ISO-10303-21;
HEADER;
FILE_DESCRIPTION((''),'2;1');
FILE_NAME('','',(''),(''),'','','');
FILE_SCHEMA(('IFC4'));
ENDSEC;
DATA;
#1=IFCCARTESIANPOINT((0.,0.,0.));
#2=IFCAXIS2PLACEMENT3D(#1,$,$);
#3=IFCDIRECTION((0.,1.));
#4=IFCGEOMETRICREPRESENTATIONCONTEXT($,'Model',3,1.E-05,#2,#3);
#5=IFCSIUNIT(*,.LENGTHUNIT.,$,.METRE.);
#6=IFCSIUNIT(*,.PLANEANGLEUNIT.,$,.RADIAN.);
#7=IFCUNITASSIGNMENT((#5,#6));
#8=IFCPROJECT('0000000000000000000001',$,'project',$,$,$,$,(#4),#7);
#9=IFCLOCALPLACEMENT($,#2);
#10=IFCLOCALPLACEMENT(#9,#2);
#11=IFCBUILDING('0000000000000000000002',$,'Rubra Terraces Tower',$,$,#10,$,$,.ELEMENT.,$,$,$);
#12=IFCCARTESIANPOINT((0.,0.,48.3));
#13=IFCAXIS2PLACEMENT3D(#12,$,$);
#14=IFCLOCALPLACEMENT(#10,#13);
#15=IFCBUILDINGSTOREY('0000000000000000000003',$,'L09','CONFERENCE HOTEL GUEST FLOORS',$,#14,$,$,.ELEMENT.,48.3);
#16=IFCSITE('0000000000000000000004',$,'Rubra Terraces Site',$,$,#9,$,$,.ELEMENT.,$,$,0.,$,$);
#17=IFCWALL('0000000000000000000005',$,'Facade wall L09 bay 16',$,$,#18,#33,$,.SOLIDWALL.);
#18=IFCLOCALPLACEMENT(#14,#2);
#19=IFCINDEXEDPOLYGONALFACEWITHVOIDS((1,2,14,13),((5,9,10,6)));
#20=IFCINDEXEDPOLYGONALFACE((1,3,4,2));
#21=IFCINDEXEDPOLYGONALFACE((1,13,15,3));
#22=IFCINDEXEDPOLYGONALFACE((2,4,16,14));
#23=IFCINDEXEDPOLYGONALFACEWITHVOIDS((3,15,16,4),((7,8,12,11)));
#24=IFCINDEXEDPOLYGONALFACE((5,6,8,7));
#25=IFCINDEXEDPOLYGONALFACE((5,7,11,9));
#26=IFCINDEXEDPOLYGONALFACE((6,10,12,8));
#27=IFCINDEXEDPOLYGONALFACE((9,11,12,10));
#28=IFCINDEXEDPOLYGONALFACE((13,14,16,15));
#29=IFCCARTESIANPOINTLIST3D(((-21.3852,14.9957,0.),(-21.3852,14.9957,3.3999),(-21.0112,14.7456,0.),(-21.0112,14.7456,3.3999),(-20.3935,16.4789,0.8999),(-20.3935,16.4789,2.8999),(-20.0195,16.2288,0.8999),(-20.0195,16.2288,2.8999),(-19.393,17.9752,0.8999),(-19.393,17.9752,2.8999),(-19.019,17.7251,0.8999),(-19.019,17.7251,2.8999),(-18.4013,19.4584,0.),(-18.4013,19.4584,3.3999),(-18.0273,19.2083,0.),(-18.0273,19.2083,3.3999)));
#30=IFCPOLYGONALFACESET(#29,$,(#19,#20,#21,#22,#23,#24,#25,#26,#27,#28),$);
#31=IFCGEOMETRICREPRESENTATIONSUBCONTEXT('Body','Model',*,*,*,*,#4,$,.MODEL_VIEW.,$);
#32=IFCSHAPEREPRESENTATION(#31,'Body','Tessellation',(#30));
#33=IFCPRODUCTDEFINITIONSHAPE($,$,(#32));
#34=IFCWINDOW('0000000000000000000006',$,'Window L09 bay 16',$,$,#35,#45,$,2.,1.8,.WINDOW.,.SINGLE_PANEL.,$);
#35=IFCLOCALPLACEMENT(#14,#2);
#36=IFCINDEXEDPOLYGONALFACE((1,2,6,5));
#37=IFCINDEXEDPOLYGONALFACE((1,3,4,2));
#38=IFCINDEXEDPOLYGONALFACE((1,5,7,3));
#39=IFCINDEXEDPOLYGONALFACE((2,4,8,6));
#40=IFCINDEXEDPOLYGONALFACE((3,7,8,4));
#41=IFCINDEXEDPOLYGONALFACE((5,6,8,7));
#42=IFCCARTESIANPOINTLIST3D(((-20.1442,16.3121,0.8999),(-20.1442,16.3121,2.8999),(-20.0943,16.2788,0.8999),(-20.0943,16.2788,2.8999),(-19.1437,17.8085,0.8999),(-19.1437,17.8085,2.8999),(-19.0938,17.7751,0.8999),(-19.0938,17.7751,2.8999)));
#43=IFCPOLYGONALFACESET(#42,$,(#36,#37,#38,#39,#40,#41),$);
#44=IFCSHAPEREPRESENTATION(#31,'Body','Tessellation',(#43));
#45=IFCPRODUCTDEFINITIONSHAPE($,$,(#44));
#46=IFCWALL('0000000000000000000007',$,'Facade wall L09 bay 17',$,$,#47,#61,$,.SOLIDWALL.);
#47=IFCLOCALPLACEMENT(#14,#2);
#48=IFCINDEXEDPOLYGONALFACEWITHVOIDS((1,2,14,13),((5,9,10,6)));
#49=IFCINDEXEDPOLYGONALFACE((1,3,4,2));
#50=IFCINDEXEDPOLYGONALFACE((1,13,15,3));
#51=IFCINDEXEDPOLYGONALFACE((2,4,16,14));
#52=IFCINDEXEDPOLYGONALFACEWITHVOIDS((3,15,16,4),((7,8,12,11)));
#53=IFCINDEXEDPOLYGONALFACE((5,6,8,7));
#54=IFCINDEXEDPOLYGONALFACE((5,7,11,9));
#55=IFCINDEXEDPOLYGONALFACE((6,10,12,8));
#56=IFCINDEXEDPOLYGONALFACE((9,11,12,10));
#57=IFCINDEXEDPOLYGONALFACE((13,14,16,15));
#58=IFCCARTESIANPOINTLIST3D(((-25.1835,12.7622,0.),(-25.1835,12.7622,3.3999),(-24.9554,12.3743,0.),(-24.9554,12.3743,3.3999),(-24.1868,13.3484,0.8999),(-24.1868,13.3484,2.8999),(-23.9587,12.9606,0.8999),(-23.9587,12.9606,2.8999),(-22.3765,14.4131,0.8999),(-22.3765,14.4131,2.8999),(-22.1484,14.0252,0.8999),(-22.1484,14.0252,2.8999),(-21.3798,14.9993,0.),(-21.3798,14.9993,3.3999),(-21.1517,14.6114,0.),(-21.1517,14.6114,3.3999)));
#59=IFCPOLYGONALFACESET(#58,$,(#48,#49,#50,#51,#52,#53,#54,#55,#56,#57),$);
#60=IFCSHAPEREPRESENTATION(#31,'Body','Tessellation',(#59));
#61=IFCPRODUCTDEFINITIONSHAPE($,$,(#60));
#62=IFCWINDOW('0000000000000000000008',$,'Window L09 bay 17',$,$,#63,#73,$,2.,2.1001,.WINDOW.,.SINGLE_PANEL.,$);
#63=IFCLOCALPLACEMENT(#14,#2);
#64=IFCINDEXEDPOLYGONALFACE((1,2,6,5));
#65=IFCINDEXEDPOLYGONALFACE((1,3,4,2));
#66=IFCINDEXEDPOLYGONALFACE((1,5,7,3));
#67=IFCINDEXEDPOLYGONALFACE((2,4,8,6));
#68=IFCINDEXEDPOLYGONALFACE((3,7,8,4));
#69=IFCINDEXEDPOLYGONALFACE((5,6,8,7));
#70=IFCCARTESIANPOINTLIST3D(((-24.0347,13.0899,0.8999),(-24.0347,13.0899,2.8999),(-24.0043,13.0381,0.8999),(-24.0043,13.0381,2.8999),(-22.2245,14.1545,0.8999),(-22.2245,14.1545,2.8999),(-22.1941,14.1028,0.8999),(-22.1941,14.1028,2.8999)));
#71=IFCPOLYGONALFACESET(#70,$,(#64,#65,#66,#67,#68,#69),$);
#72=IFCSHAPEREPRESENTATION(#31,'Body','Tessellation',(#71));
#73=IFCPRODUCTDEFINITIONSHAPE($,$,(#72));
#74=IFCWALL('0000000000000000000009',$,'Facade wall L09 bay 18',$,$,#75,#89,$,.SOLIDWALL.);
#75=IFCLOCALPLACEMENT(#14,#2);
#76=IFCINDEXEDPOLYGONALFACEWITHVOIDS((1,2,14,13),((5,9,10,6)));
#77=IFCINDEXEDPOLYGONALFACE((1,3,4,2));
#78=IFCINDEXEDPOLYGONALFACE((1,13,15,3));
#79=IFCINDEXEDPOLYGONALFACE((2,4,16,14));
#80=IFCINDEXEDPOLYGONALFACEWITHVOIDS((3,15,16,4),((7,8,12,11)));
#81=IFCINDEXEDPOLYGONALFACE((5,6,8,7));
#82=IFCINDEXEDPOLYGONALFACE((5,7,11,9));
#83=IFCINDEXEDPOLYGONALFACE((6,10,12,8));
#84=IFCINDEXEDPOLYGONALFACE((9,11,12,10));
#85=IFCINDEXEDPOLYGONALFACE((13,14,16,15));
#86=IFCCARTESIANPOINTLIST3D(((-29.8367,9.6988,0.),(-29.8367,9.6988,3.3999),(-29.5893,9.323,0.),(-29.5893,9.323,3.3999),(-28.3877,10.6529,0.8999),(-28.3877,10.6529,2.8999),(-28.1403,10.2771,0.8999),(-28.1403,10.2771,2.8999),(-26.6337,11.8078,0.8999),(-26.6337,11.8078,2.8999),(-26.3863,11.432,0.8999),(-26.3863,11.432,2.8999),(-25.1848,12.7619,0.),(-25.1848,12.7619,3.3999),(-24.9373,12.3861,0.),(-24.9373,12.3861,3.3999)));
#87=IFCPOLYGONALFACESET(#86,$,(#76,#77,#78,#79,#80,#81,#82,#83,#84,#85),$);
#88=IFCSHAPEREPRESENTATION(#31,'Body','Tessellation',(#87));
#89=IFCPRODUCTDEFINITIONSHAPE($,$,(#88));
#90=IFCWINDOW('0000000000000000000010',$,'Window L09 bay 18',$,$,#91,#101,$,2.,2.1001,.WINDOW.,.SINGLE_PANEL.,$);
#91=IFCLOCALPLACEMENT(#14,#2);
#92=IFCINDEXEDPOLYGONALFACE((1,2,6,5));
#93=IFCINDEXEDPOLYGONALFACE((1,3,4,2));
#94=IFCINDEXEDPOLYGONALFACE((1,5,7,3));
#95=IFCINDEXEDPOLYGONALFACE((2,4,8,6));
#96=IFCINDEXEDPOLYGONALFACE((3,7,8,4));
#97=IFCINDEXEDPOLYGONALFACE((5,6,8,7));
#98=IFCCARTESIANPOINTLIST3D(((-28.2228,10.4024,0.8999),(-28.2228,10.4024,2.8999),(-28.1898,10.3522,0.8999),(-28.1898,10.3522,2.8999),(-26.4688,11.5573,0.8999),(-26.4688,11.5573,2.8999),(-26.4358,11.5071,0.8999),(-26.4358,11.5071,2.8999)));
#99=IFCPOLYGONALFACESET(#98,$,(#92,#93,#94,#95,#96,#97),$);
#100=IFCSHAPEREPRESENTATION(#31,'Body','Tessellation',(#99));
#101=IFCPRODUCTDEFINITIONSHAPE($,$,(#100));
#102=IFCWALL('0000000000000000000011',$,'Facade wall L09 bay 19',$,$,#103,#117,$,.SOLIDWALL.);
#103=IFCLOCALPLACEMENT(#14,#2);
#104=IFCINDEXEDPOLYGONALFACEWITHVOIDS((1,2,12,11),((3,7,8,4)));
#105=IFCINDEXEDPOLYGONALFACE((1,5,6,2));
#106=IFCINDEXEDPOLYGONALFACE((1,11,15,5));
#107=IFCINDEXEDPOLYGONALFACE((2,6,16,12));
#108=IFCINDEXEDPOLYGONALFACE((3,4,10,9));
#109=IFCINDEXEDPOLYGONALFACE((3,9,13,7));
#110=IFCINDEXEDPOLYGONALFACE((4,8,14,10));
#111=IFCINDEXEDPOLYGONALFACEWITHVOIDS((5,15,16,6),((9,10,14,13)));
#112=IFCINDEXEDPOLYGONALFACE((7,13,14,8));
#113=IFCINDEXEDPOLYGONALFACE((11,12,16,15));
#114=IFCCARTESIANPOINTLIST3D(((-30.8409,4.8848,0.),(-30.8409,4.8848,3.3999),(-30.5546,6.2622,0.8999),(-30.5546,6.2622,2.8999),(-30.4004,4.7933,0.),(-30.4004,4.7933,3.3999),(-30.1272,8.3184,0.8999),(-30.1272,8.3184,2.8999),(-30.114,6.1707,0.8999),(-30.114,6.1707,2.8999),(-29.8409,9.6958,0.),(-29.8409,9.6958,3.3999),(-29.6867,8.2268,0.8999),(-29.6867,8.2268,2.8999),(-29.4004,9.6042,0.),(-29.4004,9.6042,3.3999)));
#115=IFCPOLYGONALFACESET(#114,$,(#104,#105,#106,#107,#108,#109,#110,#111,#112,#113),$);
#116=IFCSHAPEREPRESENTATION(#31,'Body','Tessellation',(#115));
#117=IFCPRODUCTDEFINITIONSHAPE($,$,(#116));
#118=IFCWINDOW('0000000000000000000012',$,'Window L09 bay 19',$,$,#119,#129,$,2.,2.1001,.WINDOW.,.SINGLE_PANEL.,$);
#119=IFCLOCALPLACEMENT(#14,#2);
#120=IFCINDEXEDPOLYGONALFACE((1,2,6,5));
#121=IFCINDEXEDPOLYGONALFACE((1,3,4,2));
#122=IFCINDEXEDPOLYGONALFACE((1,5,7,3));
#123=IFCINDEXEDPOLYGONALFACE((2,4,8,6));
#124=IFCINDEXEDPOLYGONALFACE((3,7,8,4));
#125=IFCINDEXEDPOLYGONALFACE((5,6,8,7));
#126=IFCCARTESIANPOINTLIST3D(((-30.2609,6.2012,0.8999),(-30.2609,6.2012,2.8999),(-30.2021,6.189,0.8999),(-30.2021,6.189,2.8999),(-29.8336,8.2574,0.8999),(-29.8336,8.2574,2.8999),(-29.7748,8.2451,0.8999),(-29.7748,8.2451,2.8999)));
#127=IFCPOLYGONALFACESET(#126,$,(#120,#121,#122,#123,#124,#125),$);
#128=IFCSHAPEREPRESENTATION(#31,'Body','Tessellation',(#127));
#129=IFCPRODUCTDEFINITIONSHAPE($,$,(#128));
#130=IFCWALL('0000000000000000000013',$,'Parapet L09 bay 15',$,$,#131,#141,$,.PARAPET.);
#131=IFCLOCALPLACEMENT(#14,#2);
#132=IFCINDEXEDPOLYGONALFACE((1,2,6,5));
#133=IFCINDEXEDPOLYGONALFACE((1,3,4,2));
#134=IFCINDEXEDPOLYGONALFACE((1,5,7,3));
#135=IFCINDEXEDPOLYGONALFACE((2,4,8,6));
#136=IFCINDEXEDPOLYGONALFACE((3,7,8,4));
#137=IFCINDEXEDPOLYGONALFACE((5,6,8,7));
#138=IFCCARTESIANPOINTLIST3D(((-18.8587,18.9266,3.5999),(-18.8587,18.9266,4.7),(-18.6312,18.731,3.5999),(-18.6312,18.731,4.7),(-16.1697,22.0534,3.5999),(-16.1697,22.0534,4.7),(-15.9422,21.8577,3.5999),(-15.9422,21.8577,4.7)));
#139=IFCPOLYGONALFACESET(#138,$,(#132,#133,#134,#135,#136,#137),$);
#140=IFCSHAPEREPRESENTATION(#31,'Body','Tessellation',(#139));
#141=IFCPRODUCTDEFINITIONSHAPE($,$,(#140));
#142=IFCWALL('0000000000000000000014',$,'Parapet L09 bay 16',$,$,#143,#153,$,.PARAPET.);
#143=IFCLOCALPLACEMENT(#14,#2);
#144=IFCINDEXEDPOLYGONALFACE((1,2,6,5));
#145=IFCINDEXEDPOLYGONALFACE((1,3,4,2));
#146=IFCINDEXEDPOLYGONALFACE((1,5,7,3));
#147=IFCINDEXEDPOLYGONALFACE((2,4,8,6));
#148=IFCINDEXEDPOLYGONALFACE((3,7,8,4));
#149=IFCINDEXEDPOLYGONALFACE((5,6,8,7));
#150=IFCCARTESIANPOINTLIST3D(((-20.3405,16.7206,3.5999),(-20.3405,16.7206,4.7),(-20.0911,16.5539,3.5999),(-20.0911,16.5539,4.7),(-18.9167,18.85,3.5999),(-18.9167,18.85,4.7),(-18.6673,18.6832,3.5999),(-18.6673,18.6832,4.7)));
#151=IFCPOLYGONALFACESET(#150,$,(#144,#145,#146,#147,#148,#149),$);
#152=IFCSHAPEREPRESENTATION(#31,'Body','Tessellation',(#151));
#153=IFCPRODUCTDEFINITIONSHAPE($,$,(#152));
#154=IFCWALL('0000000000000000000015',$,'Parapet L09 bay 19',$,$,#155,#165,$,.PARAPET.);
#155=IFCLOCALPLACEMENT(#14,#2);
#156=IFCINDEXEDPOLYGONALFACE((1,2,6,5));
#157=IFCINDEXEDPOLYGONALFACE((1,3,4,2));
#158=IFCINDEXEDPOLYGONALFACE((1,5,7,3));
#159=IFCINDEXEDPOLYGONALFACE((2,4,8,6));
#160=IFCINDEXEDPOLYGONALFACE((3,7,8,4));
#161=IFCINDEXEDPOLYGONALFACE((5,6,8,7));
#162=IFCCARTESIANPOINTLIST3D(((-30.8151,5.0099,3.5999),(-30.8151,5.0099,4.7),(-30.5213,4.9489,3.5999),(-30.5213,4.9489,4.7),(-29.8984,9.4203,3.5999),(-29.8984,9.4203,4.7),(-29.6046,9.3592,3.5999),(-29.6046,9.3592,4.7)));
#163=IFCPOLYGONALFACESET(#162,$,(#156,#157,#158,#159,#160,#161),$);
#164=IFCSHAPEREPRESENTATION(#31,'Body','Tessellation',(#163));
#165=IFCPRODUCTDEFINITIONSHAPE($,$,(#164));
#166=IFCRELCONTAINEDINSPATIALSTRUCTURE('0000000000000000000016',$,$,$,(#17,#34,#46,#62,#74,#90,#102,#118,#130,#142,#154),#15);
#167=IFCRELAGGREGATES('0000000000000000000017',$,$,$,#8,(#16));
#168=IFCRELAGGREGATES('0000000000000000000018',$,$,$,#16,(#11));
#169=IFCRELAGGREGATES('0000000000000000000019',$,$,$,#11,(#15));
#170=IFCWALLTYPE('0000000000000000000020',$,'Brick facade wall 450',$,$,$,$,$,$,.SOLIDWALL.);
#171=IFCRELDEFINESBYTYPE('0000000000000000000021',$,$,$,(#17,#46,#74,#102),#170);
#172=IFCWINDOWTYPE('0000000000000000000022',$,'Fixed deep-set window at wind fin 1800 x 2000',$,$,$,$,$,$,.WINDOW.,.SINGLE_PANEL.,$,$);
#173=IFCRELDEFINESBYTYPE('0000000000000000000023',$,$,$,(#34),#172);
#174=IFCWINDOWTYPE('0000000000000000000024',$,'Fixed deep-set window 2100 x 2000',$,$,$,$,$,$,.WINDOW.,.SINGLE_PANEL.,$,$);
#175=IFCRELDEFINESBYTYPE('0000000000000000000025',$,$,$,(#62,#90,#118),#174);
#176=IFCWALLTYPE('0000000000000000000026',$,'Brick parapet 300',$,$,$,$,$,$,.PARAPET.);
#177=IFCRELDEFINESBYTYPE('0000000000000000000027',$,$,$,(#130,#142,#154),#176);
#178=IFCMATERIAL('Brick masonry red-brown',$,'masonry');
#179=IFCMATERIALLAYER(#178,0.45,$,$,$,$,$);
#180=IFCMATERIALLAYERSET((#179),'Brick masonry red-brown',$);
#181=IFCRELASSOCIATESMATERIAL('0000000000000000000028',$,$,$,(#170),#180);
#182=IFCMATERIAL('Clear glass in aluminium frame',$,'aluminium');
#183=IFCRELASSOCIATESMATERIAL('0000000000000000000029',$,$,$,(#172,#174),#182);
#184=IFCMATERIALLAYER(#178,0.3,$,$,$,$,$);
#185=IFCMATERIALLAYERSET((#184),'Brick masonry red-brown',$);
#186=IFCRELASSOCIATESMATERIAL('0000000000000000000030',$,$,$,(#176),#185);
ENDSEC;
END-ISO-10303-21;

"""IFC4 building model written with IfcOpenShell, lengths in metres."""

from ifc_helpers import new_model, si_unit, direction, frame, frame_2d, origin, place, context, subcontext, project, spatial, rectangle, extrude, material, layer, layer_set, type_object, element, fill, save


model = new_model("IFC4")

# Units and contexts
model_context = context("Model", 3, precision=1e-05, world=origin(), true_north=direction((0.0, 1.0)))
body_context = subcontext(model_context, "Body", "Model", "MODEL_VIEW")
ifc_project = project(units=[si_unit("LENGTHUNIT", "METRE"), si_unit("PLANEANGLEUNIT", "RADIAN")], contexts=[model_context])

# Site, building, storey
site_placement = place(None, origin())
site = spatial("IfcSite", under=ifc_project, at=site_placement, Name="Rubra Terraces Site", CompositionType="ELEMENT", RefElevation=0.0)
building_placement = place(site_placement, origin())
building = spatial("IfcBuilding", under=site, at=building_placement, Name="Rubra Terraces Tower", CompositionType="ELEMENT")
storey_placement = place(building_placement, frame((0.0, 0.0, 48.3)))
storey = spatial("IfcBuildingStorey", under=building, at=storey_placement, Name="L09", Description="CONFERENCE HOTEL GUEST FLOORS", CompositionType="ELEMENT", Elevation=48.3)

# Walls, openings, windows
ifc_material_1 = material(Name="Brick masonry red-brown", Category="masonry")
ifc_layer_1 = layer(ifc_material_1, 0.45)
ifc_layer_set_1 = layer_set([ifc_layer_1], Name="Brick masonry red-brown")
wall_type_1 = type_object("IfcWallType", Name="Brick facade wall 450", PredefinedType="SOLIDWALL", material=ifc_layer_set_1)
wall_1_placement = place(storey_placement, frame((-18.2144, 19.3333, 0.0), z_axis=(0.0, 0.0, 1.0), x_axis=(-0.555833, -0.831294, 0.0)))
wall_1 = element("IfcWall", 1, at=wall_1_placement, inside=storey, type_object=wall_type_1, Name="Facade wall L09 bay 16", PredefinedType="SOLIDWALL", context=body_context, shape_type="SweptSolid", body=[
    extrude(rectangle(XDim=5.3684, YDim=0.45, at=frame_2d((2.6841, 0.0))), origin(), (0.0, 0.0, 1.0), 3.3999),
])
opening_1_placement = place(wall_1_placement, frame((1.7842, 0.0, 0.8999)))
opening_1 = element("IfcOpeningElement", 2, at=opening_1_placement, cuts=wall_1, PredefinedType="OPENING", context=body_context, shape_type="SweptSolid", body=[
    extrude(rectangle(XDim=1.8, YDim=2.0, at=frame_2d((0.8999, 1.0))), frame((0.0, 0.2349, 0.0), z_axis=(0.0, -1.0, 0.0), x_axis=(1.0, 0.0, 0.0)), (0.0, 0.0, 1.0), 0.47),
])
ifc_material_2 = material(Name="Clear glass in aluminium frame", Category="aluminium")
window_type_1 = type_object("IfcWindowType", Name="Fixed deep-set window at wind fin 1800 x 2000", PartitioningType="SINGLE_PANEL", PredefinedType="WINDOW", material=ifc_material_2)
window_1_placement = place(opening_1_placement, origin())
window_1 = element("IfcWindow", 3, at=window_1_placement, inside=storey, type_object=window_type_1, Name="Window L09 bay 16", OverallHeight=2.0, OverallWidth=1.8, PartitioningType="SINGLE_PANEL", PredefinedType="WINDOW", context=body_context, shape_type="SweptSolid", body=[
    extrude(rectangle(XDim=1.8, YDim=2.0, at=frame_2d((0.8999, 1.0))), frame((0.0, 0.135, 0.0), z_axis=(0.0, -1.0, 0.0), x_axis=(1.0, 0.0, 0.0)), (0.0, 0.0, 1.0), 0.0601),
])
fill(opening_1, window_1)
wall_2_placement = place(storey_placement, frame((-21.2656, 14.8054, 0.0), z_axis=(0.0, 0.0, 1.0), x_axis=(-0.861975, -0.50695, 0.0)))
wall_2 = element("IfcWall", 4, at=wall_2_placement, inside=storey, type_object=wall_type_1, Name="Facade wall L09 bay 17", PredefinedType="SOLIDWALL", context=body_context, shape_type="SweptSolid", body=[
    extrude(rectangle(XDim=4.4128, YDim=0.45, at=frame_2d((2.2065, 0.0))), origin(), (0.0, 0.0, 1.0), 3.3999),
])
opening_2_placement = place(wall_2_placement, frame((1.1565, 0.0, 0.8999)))
opening_2 = element("IfcOpeningElement", 5, at=opening_2_placement, cuts=wall_2, PredefinedType="OPENING", context=body_context, shape_type="SweptSolid", body=[
    extrude(rectangle(XDim=2.1001, YDim=2.0, at=frame_2d((1.05, 1.0))), frame((0.0, 0.2349, 0.0), z_axis=(0.0, -1.0, 0.0), x_axis=(1.0, 0.0, 0.0)), (0.0, 0.0, 1.0), 0.47),
])
window_type_2 = type_object("IfcWindowType", Name="Fixed deep-set window 2100 x 2000", PartitioningType="SINGLE_PANEL", PredefinedType="WINDOW", material=ifc_material_2)
window_2_placement = place(opening_2_placement, origin())
window_2 = element("IfcWindow", 6, at=window_2_placement, inside=storey, type_object=window_type_2, Name="Window L09 bay 17", OverallHeight=2.0, OverallWidth=2.1001, PartitioningType="SINGLE_PANEL", PredefinedType="WINDOW", context=body_context, shape_type="SweptSolid", body=[
    extrude(rectangle(XDim=2.1001, YDim=2.0, at=frame_2d((1.05, 1.0))), frame((0.0, 0.135, 0.0), z_axis=(0.0, -1.0, 0.0), x_axis=(1.0, 0.0, 0.0)), (0.0, 0.0, 1.0), 0.0601),
])
fill(opening_2, window_2)
wall_3_placement = place(storey_placement, frame((-25.061, 12.574, 0.0), z_axis=(0.0, 0.0, 1.0), x_axis=(-0.835206, -0.549937, 0.0)))
wall_3 = element("IfcWall", 7, at=wall_3_placement, inside=storey, type_object=wall_type_1, Name="Facade wall L09 bay 18", PredefinedType="SOLIDWALL", context=body_context, shape_type="SweptSolid", body=[
    extrude(rectangle(XDim=5.5698, YDim=0.45, at=frame_2d((2.7849, 0.0))), origin(), (0.0, 0.0, 1.0), 3.3999),
])
opening_3_placement = place(wall_3_placement, frame((1.7349, 0.0, 0.8999)))
opening_3 = element("IfcOpeningElement", 8, at=opening_3_placement, cuts=wall_3, PredefinedType="OPENING", context=body_context, shape_type="SweptSolid", body=[
    extrude(rectangle(XDim=2.1001, YDim=2.0, at=frame_2d((1.05, 1.0))), frame((0.0, 0.2349, 0.0), z_axis=(0.0, -1.0, 0.0), x_axis=(1.0, 0.0, 0.0)), (0.0, 0.0, 1.0), 0.47),
])
window_3_placement = place(opening_3_placement, origin())
window_3 = element("IfcWindow", 9, at=window_3_placement, inside=storey, type_object=window_type_2, Name="Window L09 bay 18", OverallHeight=2.0, OverallWidth=2.1001, PartitioningType="SINGLE_PANEL", PredefinedType="WINDOW", context=body_context, shape_type="SweptSolid", body=[
    extrude(rectangle(XDim=2.1001, YDim=2.0, at=frame_2d((1.05, 1.0))), frame((0.0, 0.135, 0.0), z_axis=(0.0, -1.0, 0.0), x_axis=(1.0, 0.0, 0.0)), (0.0, 0.0, 1.0), 0.0601),
])
fill(opening_3, window_3)
wall_4_placement = place(storey_placement, frame((-29.6206, 9.6501, 0.0), z_axis=(0.0, 0.0, 1.0), x_axis=(-0.203506, -0.979074, 0.0)))
wall_4 = element("IfcWall", 10, at=wall_4_placement, inside=storey, type_object=wall_type_1, Name="Facade wall L09 bay 19", PredefinedType="SOLIDWALL", context=body_context, shape_type="SweptSolid", body=[
    extrude(rectangle(XDim=4.9138, YDim=0.45, at=frame_2d((2.457, 0.0))), origin(), (0.0, 0.0, 1.0), 3.3999),
])
opening_4_placement = place(wall_4_placement, frame((1.407, 0.0, 0.8999)))
opening_4 = element("IfcOpeningElement", 11, at=opening_4_placement, cuts=wall_4, PredefinedType="OPENING", context=body_context, shape_type="SweptSolid", body=[
    extrude(rectangle(XDim=2.1001, YDim=2.0, at=frame_2d((1.05, 1.0))), frame((0.0, 0.2349, 0.0), z_axis=(0.0, -1.0, 0.0), x_axis=(1.0, 0.0, 0.0)), (0.0, 0.0, 1.0), 0.47),
])
window_4_placement = place(opening_4_placement, origin())
window_4 = element("IfcWindow", 12, at=window_4_placement, inside=storey, type_object=window_type_2, Name="Window L09 bay 19", OverallHeight=2.0, OverallWidth=2.1001, PartitioningType="SINGLE_PANEL", PredefinedType="WINDOW", context=body_context, shape_type="SweptSolid", body=[
    extrude(rectangle(XDim=2.1001, YDim=2.0, at=frame_2d((1.05, 1.0))), frame((0.0, 0.135, 0.0), z_axis=(0.0, -1.0, 0.0), x_axis=(1.0, 0.0, 0.0)), (0.0, 0.0, 1.0), 0.0601),
])
fill(opening_4, window_4)

# Walls
ifc_layer_2 = layer(ifc_material_1, 0.3)
ifc_layer_set_2 = layer_set([ifc_layer_2], Name="Brick masonry red-brown")
wall_type_2 = type_object("IfcWallType", Name="Brick parapet 300", PredefinedType="PARAPET", material=ifc_layer_set_2)
wall_5_placement = place(storey_placement, frame((-16.0559, 21.9556, 3.5999), z_axis=(0.0, 0.0, 1.0), x_axis=(-0.652039, -0.758186, 0.0)))
element("IfcWall", 13, at=wall_5_placement, inside=storey, type_object=wall_type_2, Name="Parapet L09 bay 15", PredefinedType="PARAPET", context=body_context, shape_type="SweptSolid", body=[
    extrude(rectangle(XDim=4.124, YDim=0.3, at=frame_2d((2.062, 0.0))), origin(), (0.0, 0.0, 1.0), 1.1001),
])
wall_6_placement = place(storey_placement, frame((-18.792, 18.7666, 3.5999), z_axis=(0.0, 0.0, 1.0), x_axis=(-0.555843, -0.831287, 0.0)))
element("IfcWall", 14, at=wall_6_placement, inside=storey, type_object=wall_type_2, Name="Parapet L09 bay 16", PredefinedType="PARAPET", context=body_context, shape_type="SweptSolid", body=[
    extrude(rectangle(XDim=2.5615, YDim=0.3, at=frame_2d((1.2808, 0.0))), origin(), (0.0, 0.0, 1.0), 1.1001),
])
wall_7_placement = place(storey_placement, frame((-29.7515, 9.3899, 3.5999), z_axis=(0.0, 0.0, 1.0), x_axis=(-0.203511, -0.979073, 0.0)))
element("IfcWall", 15, at=wall_7_placement, inside=storey, type_object=wall_type_2, Name="Parapet L09 bay 19", PredefinedType="PARAPET", context=body_context, shape_type="SweptSolid", body=[
    extrude(rectangle(XDim=4.5046, YDim=0.3, at=frame_2d((2.2524, 0.0))), origin(), (0.0, 0.0, 1.0), 1.1001),
])

save(model, "model.ifc")
